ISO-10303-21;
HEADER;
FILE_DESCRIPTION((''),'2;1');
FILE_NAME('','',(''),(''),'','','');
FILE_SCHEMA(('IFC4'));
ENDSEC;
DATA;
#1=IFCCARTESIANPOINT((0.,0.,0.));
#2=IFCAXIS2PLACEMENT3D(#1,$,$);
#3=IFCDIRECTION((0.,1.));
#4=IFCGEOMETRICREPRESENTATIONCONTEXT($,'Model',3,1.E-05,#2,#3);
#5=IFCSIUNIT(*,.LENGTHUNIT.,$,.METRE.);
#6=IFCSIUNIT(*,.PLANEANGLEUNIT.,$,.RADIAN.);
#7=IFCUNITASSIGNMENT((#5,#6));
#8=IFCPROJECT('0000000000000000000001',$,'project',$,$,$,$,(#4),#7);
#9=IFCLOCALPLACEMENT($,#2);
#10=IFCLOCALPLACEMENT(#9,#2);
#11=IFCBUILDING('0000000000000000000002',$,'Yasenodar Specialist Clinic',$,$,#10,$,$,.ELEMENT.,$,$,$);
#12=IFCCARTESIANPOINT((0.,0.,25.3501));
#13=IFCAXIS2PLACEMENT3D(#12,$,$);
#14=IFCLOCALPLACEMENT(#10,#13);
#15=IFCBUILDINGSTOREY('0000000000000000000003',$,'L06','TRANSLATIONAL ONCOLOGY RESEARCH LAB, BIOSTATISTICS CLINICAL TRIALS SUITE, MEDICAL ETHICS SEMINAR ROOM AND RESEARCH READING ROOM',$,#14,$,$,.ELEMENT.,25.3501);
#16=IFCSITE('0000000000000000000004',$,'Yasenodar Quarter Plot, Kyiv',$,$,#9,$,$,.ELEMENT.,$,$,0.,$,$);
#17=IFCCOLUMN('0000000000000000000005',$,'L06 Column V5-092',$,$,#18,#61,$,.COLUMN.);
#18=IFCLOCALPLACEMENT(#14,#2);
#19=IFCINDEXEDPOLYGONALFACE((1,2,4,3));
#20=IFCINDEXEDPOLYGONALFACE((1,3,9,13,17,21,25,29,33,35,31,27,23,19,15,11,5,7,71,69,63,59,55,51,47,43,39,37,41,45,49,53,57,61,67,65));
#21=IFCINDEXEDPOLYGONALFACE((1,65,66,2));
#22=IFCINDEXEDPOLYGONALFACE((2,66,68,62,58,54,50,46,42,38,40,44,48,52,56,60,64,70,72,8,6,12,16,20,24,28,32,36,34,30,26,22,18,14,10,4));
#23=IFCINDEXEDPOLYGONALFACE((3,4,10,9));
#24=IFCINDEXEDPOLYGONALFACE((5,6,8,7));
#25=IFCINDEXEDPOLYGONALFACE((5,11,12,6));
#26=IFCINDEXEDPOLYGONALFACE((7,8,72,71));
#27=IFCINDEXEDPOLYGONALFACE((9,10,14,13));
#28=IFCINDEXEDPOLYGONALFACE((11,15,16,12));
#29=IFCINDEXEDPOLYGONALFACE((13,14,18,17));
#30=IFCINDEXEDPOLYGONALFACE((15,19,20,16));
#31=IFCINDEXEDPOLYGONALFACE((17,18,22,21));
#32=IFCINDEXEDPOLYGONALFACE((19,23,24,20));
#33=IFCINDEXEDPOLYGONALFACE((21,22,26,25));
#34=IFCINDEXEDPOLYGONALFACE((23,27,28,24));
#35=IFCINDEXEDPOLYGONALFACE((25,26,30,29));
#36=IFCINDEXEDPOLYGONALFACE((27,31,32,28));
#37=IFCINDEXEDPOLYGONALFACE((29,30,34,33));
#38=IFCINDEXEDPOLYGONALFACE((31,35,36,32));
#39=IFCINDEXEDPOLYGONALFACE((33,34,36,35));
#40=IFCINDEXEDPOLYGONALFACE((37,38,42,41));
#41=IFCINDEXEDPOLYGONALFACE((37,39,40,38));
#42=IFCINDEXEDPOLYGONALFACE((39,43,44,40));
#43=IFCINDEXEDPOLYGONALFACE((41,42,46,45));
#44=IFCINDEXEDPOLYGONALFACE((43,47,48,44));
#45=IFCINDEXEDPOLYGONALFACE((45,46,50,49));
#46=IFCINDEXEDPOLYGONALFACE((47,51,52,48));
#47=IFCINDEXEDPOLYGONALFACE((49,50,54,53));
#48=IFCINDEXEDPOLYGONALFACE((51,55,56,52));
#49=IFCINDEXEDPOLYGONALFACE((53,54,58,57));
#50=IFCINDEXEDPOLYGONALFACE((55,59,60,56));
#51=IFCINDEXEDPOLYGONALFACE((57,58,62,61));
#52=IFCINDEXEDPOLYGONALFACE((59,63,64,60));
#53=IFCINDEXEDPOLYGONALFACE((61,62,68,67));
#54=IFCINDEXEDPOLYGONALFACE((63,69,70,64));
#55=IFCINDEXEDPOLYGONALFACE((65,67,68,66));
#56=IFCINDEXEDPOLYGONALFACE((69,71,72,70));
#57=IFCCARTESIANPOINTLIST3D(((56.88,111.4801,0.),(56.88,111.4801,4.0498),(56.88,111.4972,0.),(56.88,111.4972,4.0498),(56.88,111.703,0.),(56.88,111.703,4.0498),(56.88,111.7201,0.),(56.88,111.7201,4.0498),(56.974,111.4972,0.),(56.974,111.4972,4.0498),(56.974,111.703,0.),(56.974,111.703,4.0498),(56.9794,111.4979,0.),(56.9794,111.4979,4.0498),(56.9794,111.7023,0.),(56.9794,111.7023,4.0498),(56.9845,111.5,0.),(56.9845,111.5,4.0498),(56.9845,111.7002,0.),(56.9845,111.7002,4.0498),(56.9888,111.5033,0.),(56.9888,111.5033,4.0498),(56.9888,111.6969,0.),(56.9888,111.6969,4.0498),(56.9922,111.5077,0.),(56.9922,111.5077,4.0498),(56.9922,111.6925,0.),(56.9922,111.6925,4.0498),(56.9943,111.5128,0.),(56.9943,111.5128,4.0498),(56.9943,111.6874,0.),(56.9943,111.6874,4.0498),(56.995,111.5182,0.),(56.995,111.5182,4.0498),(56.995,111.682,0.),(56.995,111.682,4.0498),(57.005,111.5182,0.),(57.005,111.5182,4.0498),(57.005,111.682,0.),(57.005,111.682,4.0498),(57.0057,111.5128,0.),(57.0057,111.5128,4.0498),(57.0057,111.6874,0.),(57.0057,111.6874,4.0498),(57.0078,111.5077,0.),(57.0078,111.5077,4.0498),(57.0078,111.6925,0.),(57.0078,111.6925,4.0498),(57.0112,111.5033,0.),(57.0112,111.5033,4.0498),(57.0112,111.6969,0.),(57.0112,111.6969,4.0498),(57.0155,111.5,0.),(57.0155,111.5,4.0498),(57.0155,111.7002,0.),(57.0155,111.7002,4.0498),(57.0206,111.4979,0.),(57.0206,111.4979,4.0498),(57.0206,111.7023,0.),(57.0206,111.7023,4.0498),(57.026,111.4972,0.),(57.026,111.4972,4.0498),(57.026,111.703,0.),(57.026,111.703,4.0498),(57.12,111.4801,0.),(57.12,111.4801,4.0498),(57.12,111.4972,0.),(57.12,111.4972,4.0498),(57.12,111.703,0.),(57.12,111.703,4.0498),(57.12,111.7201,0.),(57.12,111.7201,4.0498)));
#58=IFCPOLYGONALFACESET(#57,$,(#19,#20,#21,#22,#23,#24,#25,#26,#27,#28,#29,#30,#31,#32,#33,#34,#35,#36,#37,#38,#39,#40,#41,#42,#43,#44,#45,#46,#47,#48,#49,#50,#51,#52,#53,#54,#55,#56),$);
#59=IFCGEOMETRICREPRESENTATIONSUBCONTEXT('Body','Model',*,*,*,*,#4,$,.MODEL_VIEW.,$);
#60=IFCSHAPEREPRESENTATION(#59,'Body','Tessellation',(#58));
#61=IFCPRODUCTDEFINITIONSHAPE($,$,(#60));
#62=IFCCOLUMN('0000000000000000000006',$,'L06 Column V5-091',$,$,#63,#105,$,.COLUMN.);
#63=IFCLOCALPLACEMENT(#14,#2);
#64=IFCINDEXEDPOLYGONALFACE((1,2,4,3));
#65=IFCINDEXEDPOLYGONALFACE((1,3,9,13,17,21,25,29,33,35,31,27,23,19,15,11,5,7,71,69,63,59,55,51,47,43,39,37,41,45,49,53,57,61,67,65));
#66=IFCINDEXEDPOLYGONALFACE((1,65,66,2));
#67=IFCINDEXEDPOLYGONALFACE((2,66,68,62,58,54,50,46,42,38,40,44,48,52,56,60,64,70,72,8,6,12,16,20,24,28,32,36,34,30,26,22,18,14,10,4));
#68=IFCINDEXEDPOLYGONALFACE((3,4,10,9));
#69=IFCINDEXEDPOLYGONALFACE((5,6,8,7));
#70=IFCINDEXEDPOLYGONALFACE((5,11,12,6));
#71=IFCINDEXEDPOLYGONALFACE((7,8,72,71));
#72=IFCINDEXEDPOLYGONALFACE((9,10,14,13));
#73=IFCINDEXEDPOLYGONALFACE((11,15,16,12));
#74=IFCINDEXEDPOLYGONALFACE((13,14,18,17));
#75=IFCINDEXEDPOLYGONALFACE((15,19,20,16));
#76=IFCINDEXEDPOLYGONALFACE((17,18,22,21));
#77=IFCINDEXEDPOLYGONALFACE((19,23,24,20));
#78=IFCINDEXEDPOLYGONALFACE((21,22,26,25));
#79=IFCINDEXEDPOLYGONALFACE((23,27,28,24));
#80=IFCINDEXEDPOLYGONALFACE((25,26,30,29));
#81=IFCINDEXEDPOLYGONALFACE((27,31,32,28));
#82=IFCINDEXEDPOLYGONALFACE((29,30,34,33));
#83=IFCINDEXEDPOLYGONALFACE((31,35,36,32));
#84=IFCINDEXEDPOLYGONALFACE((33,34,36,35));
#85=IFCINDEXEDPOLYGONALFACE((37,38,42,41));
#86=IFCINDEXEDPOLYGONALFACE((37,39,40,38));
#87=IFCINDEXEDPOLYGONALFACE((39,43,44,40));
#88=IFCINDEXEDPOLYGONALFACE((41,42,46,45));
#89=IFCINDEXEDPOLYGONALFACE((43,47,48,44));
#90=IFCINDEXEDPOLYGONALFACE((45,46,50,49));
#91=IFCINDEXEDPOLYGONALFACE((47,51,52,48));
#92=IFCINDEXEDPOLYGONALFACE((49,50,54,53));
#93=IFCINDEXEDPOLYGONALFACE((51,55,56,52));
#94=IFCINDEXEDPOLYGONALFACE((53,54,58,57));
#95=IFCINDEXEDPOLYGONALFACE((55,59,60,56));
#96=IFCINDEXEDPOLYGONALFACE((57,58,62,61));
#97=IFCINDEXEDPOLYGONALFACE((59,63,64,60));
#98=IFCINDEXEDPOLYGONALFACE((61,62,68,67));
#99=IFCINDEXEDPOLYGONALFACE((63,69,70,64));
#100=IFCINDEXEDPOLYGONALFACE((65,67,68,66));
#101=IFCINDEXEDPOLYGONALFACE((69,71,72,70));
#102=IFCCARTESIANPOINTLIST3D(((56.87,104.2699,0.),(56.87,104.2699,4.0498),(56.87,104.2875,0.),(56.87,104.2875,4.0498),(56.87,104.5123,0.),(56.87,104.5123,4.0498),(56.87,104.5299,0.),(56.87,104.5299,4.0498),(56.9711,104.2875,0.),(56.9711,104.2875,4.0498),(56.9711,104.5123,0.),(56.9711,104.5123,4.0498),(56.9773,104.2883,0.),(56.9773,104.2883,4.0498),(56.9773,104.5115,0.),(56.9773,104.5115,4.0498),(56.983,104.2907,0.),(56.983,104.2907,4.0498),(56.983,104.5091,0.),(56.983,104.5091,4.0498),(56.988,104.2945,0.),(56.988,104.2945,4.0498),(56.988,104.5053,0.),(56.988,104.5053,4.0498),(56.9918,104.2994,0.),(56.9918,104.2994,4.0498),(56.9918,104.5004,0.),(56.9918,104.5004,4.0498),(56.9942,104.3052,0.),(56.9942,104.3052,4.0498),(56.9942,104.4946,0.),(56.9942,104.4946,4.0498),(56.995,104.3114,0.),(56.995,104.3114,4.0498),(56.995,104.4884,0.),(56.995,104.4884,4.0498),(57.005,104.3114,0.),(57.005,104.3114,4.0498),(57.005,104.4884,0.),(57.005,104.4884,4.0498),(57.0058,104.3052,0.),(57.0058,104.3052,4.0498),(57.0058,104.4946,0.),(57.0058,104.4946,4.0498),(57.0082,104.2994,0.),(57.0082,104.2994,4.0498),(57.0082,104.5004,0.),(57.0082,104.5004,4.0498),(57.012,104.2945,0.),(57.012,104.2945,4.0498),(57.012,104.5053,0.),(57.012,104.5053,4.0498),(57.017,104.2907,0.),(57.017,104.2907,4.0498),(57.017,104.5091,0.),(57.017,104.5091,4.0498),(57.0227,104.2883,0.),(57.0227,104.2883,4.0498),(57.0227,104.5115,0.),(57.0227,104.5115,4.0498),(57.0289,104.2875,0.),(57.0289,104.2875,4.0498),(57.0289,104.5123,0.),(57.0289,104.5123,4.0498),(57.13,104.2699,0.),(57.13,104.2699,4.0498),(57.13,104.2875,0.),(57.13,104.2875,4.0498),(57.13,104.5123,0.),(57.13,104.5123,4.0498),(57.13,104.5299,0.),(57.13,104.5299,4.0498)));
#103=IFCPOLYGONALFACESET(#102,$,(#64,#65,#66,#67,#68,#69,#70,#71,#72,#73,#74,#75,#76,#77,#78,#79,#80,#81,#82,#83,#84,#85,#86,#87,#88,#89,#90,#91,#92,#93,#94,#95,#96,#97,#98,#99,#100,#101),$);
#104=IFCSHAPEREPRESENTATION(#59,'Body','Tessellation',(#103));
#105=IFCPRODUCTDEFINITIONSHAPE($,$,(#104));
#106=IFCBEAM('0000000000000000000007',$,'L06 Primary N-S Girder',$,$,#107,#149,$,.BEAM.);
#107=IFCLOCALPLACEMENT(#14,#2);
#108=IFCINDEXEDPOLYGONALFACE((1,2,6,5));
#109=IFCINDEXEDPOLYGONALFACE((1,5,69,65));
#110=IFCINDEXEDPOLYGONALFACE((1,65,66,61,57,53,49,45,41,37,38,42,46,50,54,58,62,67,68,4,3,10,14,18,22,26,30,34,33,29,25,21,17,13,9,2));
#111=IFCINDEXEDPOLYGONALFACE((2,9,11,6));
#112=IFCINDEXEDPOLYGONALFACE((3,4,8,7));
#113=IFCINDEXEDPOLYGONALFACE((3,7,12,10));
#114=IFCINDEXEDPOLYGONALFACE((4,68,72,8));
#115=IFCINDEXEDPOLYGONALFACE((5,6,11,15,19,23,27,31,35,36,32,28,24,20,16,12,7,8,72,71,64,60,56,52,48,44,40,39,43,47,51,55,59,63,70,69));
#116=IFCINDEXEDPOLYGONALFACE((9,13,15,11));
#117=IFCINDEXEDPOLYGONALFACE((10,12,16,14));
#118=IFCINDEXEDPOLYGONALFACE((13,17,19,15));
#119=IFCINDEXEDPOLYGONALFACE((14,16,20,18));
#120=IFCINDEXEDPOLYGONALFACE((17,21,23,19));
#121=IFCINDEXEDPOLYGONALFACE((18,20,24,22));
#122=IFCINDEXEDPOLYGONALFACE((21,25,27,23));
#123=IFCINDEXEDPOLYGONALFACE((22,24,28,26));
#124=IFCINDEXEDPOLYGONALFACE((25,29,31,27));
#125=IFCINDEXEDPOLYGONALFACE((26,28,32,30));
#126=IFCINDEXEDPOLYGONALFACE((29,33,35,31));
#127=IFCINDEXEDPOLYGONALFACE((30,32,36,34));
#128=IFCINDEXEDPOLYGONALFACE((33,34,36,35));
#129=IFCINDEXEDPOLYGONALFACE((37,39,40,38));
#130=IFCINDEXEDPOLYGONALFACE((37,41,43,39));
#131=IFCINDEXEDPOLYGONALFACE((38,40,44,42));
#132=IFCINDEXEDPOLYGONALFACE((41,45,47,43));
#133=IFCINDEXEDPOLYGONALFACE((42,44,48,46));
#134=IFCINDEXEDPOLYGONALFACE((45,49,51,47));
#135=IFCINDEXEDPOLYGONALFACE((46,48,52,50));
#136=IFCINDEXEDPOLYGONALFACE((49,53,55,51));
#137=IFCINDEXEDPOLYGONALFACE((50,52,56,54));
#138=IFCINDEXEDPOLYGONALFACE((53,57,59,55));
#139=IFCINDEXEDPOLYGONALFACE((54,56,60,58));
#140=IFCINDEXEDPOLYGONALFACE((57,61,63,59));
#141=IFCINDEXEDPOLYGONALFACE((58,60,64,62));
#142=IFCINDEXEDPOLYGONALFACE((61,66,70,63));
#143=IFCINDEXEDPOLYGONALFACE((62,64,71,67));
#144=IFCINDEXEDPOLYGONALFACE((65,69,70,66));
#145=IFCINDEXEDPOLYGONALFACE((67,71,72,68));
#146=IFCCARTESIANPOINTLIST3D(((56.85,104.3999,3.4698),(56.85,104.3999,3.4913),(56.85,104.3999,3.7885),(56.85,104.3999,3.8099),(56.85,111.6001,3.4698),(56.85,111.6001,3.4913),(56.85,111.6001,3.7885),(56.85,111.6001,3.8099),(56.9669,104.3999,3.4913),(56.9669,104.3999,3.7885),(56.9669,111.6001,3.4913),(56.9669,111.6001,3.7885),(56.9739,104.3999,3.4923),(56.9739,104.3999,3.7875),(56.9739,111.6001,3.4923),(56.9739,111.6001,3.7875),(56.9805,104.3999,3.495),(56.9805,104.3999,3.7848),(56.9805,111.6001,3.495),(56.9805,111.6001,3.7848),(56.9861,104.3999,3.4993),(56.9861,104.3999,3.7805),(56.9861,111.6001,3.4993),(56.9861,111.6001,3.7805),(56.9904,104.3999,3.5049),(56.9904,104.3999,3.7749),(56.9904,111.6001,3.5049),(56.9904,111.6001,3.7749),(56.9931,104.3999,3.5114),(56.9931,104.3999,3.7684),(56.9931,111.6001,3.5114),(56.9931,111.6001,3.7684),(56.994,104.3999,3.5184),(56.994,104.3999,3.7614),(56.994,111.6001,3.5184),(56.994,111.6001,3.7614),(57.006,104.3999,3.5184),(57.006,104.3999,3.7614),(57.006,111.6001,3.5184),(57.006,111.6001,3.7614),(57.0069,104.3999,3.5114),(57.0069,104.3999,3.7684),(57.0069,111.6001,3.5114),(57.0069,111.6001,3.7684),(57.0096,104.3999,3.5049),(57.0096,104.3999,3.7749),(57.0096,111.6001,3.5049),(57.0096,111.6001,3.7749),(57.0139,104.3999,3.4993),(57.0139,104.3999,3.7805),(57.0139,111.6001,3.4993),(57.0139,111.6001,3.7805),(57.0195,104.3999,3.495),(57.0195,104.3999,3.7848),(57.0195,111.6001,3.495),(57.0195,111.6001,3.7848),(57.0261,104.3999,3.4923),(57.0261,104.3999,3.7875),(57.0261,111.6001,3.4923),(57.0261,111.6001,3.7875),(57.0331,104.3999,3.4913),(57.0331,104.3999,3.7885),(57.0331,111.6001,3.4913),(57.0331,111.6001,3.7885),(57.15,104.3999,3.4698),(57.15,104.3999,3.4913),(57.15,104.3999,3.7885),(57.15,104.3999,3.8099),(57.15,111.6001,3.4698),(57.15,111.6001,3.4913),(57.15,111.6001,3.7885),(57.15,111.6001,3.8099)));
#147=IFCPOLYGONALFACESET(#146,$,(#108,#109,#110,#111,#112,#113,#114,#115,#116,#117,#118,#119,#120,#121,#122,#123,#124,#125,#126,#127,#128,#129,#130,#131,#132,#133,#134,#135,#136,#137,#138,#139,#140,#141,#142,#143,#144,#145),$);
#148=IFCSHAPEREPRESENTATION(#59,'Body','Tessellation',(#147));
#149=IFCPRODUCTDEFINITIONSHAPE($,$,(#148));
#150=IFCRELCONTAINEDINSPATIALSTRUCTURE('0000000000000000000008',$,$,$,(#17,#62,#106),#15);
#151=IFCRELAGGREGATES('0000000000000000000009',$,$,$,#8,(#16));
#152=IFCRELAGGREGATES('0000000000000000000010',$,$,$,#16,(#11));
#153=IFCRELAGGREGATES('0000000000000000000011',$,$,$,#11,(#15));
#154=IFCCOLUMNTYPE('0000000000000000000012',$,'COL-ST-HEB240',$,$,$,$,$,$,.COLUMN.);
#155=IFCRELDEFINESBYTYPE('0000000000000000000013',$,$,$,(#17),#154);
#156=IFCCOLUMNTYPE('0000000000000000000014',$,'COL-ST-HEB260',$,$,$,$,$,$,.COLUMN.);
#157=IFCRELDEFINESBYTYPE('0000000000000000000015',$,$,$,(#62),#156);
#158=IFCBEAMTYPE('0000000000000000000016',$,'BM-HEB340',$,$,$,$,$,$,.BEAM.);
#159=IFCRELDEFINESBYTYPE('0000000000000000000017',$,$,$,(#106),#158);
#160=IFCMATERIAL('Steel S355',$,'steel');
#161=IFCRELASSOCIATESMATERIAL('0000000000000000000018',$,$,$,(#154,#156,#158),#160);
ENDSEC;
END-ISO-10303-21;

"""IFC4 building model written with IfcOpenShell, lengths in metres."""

from ifc_helpers import new_model, si_unit, direction, frame, origin, origin_2d, place, context, subcontext, project, spatial, i_section, extrude, material, material_profile, profile_set, type_object, element, save


model = new_model("IFC4")

# Units and contexts
model_context = context("Model", 3, precision=1e-05, world=origin(), true_north=direction((0.0, 1.0)))
body_context = subcontext(model_context, "Body", "Model", "MODEL_VIEW")
ifc_project = project(units=[si_unit("LENGTHUNIT", "METRE"), si_unit("PLANEANGLEUNIT", "RADIAN")], contexts=[model_context])

# Site, building, storey
site_placement = place(None, origin())
site = spatial("IfcSite", under=ifc_project, at=site_placement, Name="Yasenodar Quarter Plot, Kyiv", CompositionType="ELEMENT", RefElevation=0.0)
building_placement = place(site_placement, origin())
building = spatial("IfcBuilding", under=site, at=building_placement, Name="Yasenodar Specialist Clinic", CompositionType="ELEMENT")
storey_placement = place(building_placement, frame((0.0, 0.0, 25.3501)))
storey = spatial("IfcBuildingStorey", under=building, at=storey_placement, Name="L06", Description="TRANSLATIONAL ONCOLOGY RESEARCH LAB, BIOSTATISTICS CLINICAL TRIALS SUITE, MEDICAL ETHICS SEMINAR ROOM AND RESEARCH READING ROOM", CompositionType="ELEMENT", Elevation=25.3501)

# Columns
ifc_material_1 = material(Name="Steel S355", Category="steel")
ifc_material_profile_1 = material_profile(ifc_material_1, i_section(OverallWidth=0.24, OverallDepth=0.24, WebThickness=0.01, FlangeThickness=0.0171, FilletRadius=0.021, at=origin_2d()), Name="HEB 240")
ifc_profile_set_1 = profile_set([ifc_material_profile_1], Name="Steel S355")
column_type_1 = type_object("IfcColumnType", Name="COL-ST-HEB240", PredefinedType="COLUMN", material=ifc_profile_set_1)
column_1_placement = place(storey_placement, frame((57.0, 111.6001, 0.0), z_axis=(0.0, 0.0, 1.0), x_axis=(1.0, 0.0, 0.0)))
element("IfcColumn", 1, at=column_1_placement, inside=storey, type_object=column_type_1, Name="L06 Column V5-092", PredefinedType="COLUMN", context=body_context, shape_type="SweptSolid", body=[
    extrude(i_section(OverallWidth=0.24, OverallDepth=0.24, WebThickness=0.01, FlangeThickness=0.0171, FilletRadius=0.021, at=origin_2d()), origin(), (0.0, 0.0, 1.0), 4.0498),
])
ifc_material_profile_2 = material_profile(ifc_material_1, i_section(OverallWidth=0.26, OverallDepth=0.26, WebThickness=0.01, FlangeThickness=0.0176, FilletRadius=0.0239, at=origin_2d()), Name="HEB 260")
ifc_profile_set_2 = profile_set([ifc_material_profile_2], Name="Steel S355")
column_type_2 = type_object("IfcColumnType", Name="COL-ST-HEB260", PredefinedType="COLUMN", material=ifc_profile_set_2)
column_2_placement = place(storey_placement, frame((57.0, 104.3999, 0.0), z_axis=(0.0, 0.0, 1.0), x_axis=(1.0, 0.0, 0.0)))
element("IfcColumn", 2, at=column_2_placement, inside=storey, type_object=column_type_2, Name="L06 Column V5-091", PredefinedType="COLUMN", context=body_context, shape_type="SweptSolid", body=[
    extrude(i_section(OverallWidth=0.26, OverallDepth=0.26, WebThickness=0.01, FlangeThickness=0.0176, FilletRadius=0.0239, at=origin_2d()), origin(), (0.0, 0.0, 1.0), 4.0498),
])

# Beam
ifc_material_profile_3 = material_profile(ifc_material_1, i_section(OverallWidth=0.3, OverallDepth=0.3401, WebThickness=0.012, FlangeThickness=0.0215, FilletRadius=0.0271, at=origin_2d()), Name="HEB 340")
ifc_profile_set_3 = profile_set([ifc_material_profile_3], Name="Steel S355")
beam_type_1 = type_object("IfcBeamType", Name="BM-HEB340", PredefinedType="BEAM", material=ifc_profile_set_3)
beam_1_placement = place(storey_placement, frame((57.0, 104.3999, 3.6399), z_axis=(0.0, 1.0, 0.0), x_axis=(-1.0, 0.0, 0.0)))
element("IfcBeam", 3, at=beam_1_placement, inside=storey, type_object=beam_type_1, Name="L06 Primary N-S Girder", PredefinedType="BEAM", context=body_context, shape_type="SweptSolid", body=[
    extrude(i_section(OverallWidth=0.3, OverallDepth=0.3401, WebThickness=0.012, FlangeThickness=0.0215, FilletRadius=0.0271, at=origin_2d()), origin(), (0.0, 0.0, 1.0), 7.2002),
])

save(model, "model.ifc")
